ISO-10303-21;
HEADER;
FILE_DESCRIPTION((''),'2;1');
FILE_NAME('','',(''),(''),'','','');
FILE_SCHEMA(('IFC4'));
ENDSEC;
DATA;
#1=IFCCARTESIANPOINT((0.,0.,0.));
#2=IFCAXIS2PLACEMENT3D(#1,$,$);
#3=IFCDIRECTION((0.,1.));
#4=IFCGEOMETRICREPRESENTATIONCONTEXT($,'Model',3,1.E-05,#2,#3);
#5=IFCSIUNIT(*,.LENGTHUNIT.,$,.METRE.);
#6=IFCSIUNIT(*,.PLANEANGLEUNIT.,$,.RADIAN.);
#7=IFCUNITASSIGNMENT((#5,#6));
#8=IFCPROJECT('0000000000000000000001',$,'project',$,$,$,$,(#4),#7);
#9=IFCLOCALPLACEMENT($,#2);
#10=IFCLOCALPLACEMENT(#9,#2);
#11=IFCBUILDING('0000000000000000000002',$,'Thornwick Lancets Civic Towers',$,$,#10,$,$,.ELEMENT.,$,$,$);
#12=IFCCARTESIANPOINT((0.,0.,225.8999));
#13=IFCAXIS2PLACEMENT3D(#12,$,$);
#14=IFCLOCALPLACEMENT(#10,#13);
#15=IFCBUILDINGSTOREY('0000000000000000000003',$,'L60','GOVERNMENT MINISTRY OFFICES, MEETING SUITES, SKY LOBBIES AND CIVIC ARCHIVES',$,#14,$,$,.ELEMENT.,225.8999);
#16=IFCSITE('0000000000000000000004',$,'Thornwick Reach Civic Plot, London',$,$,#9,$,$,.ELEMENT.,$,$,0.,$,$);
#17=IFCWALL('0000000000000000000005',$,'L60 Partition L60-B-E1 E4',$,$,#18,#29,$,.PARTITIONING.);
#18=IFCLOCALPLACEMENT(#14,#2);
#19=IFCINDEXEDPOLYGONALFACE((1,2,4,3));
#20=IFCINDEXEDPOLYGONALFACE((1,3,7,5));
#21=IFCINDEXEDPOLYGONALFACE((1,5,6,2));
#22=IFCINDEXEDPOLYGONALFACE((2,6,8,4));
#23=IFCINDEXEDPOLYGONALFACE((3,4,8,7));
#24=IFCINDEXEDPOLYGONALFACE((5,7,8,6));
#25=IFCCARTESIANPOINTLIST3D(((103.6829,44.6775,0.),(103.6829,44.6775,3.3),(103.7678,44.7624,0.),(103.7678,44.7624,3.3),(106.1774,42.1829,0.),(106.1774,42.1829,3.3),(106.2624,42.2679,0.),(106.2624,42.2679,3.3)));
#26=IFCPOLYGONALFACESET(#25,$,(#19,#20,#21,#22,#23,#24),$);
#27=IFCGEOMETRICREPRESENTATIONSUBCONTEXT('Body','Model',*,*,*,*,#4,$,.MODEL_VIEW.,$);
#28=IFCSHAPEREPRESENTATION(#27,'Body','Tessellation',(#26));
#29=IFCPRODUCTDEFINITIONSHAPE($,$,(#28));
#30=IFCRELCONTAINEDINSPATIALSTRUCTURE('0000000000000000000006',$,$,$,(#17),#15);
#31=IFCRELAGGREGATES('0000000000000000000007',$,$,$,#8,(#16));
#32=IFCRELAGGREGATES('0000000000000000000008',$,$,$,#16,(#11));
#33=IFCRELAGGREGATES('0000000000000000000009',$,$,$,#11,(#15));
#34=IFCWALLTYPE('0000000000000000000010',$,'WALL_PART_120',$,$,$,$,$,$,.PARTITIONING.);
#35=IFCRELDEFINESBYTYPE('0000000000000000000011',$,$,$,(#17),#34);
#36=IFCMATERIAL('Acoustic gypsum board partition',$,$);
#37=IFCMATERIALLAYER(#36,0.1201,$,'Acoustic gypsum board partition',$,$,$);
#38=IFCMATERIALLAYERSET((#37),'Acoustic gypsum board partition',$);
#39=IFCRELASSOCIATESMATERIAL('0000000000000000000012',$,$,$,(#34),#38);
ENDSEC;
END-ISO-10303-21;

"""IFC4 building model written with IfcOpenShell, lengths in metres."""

from ifc_helpers import new_model, si_unit, direction, frame, frame_2d, origin, place, context, subcontext, project, spatial, rectangle, extrude, material, layer, layer_set, type_object, element, save


model = new_model("IFC4")

# Units and contexts
model_context = context("Model", 3, precision=1e-05, world=origin(), true_north=direction((0.0, 1.0)))
body_context = subcontext(model_context, "Body", "Model", "MODEL_VIEW")
ifc_project = project(units=[si_unit("LENGTHUNIT", "METRE"), si_unit("PLANEANGLEUNIT", "RADIAN")], contexts=[model_context])

# Site, building, storey
site_placement = place(None, origin())
site = spatial("IfcSite", under=ifc_project, at=site_placement, Name="Thornwick Reach Civic Plot, London", CompositionType="ELEMENT", RefElevation=0.0)
building_placement = place(site_placement, origin())
building = spatial("IfcBuilding", under=site, at=building_placement, Name="Thornwick Lancets Civic Towers", CompositionType="ELEMENT")
storey_placement = place(building_placement, frame((0.0, 0.0, 225.8999)))
storey = spatial("IfcBuildingStorey", under=building, at=storey_placement, Name="L60", Description="GOVERNMENT MINISTRY OFFICES, MEETING SUITES, SKY LOBBIES AND CIVIC ARCHIVES", CompositionType="ELEMENT", Elevation=225.8999)

# Shared definitions
ifc_material_1 = material(Name="Acoustic gypsum board partition")
ifc_layer_1 = layer(ifc_material_1, 0.1201, Name="Acoustic gypsum board partition")
ifc_layer_set_1 = layer_set([ifc_layer_1], Name="Acoustic gypsum board partition")
wall_type_1 = type_object("IfcWallType", Name="WALL_PART_120", PredefinedType="PARTITIONING", material=ifc_layer_set_1)

# Wall
wall_1_placement = place(storey_placement, frame((103.7253, 44.72, 0.0), z_axis=(0.0, 0.0, 1.0), x_axis=(0.707107, -0.707107, 0.0)))
element("IfcWall", 1, at=wall_1_placement, inside=storey, type_object=wall_type_1, Name="L60 Partition L60-B-E1 E4", PredefinedType="PARTITIONING", context=body_context, shape_type="SweptSolid", body=[
    extrude(rectangle(XDim=3.5278, YDim=0.1201, at=frame_2d((1.7639, 0.0))), origin(), (0.0, 0.0, 1.0), 3.3),
])

save(model, "model.ifc")
